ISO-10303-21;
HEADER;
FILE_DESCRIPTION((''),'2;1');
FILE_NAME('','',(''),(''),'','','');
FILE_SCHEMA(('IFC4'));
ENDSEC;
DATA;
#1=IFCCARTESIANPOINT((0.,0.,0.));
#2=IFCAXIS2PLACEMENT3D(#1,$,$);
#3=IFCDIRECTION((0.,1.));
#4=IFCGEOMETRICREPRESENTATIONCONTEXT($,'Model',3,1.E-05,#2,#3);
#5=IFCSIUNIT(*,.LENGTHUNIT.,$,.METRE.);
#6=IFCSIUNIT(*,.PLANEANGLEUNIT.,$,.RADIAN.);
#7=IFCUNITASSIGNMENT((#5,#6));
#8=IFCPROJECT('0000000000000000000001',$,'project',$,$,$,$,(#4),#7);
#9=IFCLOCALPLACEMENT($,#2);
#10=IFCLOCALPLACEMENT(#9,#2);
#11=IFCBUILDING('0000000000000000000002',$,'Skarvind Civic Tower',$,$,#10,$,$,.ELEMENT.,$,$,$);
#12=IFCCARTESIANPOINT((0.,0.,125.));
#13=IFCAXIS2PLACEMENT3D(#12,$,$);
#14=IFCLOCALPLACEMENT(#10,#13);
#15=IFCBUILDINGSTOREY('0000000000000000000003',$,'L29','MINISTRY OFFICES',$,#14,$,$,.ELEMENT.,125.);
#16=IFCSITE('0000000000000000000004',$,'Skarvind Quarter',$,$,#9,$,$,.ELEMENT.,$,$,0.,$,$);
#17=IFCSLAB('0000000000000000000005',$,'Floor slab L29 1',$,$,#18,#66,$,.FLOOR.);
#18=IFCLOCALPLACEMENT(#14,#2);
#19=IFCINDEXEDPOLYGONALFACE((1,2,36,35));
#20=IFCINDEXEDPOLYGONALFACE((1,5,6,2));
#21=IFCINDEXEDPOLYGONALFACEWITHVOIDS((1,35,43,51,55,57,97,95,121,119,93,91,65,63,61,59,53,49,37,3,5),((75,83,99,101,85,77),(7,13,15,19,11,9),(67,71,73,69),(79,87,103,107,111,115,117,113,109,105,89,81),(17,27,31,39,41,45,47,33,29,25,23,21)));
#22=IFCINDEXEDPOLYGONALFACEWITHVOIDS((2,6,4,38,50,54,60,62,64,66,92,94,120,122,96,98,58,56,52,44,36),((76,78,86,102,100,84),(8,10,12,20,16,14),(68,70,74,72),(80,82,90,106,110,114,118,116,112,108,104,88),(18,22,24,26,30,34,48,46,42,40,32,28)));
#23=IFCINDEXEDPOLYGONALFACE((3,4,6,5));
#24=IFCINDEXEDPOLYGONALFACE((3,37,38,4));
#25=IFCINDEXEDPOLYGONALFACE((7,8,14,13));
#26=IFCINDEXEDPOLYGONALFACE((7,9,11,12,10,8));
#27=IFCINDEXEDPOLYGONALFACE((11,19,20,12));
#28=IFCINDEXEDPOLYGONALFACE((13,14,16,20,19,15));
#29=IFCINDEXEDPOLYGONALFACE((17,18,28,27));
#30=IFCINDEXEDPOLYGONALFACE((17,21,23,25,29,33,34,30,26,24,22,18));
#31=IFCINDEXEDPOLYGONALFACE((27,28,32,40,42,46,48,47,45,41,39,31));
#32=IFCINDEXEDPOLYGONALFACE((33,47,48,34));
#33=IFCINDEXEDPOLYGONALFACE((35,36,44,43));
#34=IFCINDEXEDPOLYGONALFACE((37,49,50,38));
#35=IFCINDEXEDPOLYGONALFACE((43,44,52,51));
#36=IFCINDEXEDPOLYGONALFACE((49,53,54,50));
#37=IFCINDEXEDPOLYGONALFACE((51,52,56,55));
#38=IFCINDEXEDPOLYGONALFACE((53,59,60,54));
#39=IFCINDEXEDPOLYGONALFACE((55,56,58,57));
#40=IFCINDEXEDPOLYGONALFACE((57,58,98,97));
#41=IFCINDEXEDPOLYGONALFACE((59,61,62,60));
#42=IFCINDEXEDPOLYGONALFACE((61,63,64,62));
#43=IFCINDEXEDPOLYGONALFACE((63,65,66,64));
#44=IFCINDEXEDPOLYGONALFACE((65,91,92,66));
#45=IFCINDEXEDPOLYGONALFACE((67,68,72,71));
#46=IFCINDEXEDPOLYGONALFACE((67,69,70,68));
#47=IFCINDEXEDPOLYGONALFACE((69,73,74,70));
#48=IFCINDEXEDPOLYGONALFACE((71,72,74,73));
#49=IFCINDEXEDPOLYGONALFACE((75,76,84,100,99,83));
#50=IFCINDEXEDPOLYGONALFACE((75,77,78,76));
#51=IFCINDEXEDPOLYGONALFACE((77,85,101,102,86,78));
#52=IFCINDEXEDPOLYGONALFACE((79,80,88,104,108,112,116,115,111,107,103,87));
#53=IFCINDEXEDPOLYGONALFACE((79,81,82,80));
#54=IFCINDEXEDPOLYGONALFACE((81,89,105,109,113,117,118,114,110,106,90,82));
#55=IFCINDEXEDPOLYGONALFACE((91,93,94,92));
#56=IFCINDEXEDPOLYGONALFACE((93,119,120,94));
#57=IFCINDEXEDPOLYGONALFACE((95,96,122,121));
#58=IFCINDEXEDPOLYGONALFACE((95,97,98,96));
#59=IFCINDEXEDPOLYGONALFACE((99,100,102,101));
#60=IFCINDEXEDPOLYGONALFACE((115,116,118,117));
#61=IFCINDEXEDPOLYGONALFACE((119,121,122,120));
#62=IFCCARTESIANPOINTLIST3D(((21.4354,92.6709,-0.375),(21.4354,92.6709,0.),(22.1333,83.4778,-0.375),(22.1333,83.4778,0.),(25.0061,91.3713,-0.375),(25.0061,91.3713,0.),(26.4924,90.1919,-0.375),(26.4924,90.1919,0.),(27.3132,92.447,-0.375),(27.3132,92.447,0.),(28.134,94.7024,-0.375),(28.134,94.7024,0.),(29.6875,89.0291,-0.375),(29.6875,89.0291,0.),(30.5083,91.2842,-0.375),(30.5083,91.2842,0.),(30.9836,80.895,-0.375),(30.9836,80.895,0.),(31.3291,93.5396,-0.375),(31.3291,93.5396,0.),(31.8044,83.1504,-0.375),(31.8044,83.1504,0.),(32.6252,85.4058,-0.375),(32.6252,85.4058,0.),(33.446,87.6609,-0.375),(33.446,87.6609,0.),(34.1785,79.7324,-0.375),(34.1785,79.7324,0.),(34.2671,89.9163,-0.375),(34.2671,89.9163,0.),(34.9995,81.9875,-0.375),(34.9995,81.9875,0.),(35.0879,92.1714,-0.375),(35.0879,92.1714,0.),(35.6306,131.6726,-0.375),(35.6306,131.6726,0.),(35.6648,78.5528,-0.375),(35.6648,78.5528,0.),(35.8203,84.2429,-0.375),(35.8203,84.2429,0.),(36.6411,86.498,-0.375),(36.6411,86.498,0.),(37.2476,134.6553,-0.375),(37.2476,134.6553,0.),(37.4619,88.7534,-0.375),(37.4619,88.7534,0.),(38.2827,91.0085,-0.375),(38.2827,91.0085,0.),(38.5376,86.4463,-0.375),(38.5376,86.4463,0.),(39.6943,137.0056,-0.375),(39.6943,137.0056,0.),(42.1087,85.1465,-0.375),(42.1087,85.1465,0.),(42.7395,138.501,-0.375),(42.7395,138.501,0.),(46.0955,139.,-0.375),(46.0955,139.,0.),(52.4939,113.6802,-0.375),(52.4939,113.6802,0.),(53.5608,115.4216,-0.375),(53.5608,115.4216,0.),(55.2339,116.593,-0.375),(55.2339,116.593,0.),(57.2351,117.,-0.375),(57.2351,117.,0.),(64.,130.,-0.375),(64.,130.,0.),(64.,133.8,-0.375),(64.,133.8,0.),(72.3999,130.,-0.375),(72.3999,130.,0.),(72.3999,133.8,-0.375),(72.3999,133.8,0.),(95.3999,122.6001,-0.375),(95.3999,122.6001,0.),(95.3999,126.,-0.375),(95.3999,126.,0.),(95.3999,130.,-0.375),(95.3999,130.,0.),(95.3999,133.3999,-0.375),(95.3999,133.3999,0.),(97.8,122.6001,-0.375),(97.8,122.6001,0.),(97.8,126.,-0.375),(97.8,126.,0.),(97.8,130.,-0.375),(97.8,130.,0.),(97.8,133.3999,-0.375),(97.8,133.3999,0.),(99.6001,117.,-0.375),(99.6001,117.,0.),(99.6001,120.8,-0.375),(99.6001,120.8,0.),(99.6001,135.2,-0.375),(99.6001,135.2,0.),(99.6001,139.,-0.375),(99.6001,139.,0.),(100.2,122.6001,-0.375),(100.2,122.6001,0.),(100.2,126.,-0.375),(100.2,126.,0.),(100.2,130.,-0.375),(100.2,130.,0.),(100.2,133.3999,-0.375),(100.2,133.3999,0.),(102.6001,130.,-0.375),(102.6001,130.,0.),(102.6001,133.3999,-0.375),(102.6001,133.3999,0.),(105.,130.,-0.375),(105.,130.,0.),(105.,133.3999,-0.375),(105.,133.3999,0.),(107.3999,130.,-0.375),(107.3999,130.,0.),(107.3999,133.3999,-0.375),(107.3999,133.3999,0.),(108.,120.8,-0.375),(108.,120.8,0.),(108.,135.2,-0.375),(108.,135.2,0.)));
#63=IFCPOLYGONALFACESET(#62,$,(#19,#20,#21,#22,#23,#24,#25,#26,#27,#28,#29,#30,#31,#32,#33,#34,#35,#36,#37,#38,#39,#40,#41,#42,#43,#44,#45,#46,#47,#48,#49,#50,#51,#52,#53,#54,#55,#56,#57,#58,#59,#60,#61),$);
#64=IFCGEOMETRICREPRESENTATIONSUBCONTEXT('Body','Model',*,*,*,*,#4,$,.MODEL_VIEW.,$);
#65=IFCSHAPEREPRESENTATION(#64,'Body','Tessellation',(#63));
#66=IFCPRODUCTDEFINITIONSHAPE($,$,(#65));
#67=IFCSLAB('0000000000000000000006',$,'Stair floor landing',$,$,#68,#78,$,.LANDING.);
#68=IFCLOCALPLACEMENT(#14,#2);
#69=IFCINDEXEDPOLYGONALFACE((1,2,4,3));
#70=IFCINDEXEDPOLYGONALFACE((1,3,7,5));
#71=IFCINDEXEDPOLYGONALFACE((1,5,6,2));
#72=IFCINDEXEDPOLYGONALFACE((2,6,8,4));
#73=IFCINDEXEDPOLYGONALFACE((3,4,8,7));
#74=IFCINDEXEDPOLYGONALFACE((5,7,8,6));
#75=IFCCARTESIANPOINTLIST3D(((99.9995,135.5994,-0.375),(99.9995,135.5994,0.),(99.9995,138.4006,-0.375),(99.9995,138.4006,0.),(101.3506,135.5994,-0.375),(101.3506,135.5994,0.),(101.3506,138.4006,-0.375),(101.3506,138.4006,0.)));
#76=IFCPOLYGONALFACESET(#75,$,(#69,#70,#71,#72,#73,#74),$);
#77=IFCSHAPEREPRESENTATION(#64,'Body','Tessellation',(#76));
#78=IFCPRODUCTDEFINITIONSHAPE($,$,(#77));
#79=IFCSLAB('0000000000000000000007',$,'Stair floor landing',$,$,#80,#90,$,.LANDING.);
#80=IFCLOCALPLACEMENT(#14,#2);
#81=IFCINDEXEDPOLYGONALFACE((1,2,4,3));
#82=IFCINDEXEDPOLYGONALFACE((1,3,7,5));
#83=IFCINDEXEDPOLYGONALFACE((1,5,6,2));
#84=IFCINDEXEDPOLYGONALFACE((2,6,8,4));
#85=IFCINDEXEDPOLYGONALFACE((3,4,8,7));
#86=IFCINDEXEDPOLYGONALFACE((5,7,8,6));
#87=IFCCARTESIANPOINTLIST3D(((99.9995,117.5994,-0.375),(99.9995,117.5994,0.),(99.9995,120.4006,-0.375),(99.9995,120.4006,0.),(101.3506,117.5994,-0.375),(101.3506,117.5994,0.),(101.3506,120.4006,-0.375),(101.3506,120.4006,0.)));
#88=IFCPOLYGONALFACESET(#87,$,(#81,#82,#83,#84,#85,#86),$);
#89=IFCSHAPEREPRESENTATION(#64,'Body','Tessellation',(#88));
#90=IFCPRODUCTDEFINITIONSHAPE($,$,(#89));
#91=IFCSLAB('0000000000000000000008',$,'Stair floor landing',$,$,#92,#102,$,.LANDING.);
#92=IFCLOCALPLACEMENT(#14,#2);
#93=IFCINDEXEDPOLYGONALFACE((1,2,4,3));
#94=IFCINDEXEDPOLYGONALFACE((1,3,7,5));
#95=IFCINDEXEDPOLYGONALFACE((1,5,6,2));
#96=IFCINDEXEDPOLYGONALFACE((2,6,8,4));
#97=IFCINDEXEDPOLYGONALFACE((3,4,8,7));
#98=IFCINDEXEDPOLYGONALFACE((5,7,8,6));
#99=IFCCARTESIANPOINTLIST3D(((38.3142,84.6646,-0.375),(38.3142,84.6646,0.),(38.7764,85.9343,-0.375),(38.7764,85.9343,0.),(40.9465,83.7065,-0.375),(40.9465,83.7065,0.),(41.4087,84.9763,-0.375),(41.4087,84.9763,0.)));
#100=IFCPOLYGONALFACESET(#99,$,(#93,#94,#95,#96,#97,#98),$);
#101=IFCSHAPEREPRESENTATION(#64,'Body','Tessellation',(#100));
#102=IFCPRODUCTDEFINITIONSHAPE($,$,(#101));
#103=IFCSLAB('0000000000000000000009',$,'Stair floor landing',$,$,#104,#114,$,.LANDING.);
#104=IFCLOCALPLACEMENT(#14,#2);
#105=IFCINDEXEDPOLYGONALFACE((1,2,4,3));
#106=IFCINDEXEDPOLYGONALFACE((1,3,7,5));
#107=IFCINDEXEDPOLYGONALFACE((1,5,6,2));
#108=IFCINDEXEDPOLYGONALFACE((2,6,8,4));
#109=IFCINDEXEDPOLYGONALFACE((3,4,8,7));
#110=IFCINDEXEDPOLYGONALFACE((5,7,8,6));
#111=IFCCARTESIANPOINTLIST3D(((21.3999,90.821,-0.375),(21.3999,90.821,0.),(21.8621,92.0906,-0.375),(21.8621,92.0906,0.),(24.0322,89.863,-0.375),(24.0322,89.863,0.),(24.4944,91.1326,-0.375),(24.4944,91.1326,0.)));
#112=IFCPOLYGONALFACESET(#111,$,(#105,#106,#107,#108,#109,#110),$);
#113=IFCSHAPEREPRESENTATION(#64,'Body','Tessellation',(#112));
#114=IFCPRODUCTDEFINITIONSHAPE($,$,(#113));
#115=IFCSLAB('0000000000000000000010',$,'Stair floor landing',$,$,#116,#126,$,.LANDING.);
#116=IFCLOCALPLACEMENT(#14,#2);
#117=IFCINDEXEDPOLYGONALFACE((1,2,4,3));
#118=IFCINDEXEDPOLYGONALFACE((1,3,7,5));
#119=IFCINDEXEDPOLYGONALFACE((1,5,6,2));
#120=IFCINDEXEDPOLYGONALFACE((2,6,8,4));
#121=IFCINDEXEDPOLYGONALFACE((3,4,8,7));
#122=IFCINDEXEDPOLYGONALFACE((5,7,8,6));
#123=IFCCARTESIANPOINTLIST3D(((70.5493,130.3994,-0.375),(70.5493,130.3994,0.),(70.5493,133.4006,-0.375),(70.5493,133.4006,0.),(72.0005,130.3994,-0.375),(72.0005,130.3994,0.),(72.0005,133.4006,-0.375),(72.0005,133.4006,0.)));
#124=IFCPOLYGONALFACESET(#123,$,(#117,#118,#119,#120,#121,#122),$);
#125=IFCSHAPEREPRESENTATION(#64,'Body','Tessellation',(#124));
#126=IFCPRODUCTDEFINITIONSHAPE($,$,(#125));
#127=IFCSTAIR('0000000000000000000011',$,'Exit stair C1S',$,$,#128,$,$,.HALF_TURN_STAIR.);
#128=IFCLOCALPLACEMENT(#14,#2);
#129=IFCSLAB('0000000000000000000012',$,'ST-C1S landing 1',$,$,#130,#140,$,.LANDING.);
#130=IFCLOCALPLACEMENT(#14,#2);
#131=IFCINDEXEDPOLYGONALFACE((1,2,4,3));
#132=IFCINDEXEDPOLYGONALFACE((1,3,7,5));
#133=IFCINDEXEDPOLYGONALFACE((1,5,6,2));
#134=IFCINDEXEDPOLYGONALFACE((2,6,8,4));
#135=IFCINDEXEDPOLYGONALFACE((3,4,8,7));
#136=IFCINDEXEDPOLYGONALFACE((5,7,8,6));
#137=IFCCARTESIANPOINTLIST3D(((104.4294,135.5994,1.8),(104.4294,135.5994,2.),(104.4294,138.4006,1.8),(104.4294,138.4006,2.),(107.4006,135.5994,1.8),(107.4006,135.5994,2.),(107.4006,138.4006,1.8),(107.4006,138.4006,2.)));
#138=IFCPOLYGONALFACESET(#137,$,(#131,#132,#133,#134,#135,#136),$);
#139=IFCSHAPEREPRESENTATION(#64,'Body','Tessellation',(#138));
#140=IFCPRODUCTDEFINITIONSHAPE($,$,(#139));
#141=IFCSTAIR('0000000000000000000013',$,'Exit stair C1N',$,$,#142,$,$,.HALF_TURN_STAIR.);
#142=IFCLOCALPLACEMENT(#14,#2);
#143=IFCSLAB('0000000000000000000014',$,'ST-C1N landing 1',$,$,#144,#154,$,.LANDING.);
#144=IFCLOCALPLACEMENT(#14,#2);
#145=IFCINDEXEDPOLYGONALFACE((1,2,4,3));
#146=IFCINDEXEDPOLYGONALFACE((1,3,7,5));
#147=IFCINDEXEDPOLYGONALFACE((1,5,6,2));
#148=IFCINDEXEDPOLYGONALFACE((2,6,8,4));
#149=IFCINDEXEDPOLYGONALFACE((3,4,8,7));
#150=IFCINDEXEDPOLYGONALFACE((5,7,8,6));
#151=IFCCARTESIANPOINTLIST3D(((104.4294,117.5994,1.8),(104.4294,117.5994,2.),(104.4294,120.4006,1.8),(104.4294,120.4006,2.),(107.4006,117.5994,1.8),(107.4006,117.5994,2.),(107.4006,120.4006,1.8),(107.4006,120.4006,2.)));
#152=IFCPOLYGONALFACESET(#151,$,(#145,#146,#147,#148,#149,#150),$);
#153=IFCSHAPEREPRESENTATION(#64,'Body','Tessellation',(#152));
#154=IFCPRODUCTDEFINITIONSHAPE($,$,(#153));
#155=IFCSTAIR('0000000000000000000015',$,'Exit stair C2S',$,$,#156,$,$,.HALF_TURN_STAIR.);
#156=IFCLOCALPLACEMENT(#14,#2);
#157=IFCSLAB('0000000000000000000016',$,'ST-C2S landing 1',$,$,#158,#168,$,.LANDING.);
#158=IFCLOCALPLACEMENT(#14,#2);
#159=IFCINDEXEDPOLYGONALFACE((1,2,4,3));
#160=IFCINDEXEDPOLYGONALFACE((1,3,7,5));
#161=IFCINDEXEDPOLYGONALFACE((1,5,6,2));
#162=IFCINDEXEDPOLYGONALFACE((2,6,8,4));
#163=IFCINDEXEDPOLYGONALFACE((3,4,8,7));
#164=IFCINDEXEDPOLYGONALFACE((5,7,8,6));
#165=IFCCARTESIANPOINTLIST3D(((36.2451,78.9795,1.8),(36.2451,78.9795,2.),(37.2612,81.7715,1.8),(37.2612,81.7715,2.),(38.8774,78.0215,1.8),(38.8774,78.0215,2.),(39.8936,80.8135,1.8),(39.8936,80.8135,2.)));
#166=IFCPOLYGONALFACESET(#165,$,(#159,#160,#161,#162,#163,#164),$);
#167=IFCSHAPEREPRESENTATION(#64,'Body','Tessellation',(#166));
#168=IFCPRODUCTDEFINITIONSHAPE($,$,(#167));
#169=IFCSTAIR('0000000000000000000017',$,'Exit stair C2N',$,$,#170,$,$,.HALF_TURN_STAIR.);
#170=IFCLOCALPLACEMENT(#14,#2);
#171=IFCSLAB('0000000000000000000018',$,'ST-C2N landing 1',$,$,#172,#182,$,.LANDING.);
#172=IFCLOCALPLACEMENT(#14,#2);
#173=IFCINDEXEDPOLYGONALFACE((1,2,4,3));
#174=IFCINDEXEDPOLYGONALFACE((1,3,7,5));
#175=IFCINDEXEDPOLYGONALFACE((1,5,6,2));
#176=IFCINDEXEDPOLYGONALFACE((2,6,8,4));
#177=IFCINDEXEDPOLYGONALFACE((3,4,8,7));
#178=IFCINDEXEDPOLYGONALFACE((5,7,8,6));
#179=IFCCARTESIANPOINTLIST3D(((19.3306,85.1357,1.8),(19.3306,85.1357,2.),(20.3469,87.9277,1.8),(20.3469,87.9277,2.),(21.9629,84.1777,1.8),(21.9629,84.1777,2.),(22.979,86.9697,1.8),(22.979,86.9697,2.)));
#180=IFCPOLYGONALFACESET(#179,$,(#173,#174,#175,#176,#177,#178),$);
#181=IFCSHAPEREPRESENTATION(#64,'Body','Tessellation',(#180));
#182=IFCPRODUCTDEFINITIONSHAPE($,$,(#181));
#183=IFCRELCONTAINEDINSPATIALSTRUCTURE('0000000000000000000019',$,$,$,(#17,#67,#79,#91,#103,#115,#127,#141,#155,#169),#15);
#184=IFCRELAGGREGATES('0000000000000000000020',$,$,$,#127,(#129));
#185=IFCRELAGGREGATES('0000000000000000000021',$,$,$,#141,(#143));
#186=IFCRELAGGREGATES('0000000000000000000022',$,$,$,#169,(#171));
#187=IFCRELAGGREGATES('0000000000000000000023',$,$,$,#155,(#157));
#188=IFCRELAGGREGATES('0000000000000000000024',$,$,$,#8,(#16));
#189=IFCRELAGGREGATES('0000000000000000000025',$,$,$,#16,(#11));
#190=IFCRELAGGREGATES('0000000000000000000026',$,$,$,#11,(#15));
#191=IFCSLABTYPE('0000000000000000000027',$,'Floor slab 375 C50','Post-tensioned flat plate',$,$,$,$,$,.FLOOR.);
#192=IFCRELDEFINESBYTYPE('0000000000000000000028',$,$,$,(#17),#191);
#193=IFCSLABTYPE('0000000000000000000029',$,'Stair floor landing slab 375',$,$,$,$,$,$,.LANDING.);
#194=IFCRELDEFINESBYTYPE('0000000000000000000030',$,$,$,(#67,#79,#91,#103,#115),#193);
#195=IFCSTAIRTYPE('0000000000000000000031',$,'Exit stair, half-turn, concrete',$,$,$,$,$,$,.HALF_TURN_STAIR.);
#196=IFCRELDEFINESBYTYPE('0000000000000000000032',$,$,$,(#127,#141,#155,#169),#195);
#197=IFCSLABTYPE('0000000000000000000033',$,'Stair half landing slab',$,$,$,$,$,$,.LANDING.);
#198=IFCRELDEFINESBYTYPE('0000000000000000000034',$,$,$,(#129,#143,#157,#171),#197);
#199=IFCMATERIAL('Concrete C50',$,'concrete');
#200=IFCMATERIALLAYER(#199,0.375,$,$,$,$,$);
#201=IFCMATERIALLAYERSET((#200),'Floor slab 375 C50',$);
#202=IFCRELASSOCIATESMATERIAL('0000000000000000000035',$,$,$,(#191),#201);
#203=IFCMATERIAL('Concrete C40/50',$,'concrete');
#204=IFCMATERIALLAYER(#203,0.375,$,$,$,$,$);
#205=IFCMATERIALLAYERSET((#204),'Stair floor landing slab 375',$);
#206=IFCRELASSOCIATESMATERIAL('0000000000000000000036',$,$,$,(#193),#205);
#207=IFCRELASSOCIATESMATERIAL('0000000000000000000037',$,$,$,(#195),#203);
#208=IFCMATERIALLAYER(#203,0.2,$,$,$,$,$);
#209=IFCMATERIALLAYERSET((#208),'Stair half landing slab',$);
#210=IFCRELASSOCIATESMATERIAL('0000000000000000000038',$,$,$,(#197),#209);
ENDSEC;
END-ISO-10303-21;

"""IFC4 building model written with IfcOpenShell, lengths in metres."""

from ifc_helpers import new_model, si_unit, direction, frame, origin, place, context, subcontext, project, spatial, polyline, outline, extrude, material, layer, layer_set, type_object, element, aggregate, save


model = new_model("IFC4")

# Units and contexts
model_context = context("Model", 3, precision=1e-05, world=origin(), true_north=direction((0.0, 1.0)))
body_context = subcontext(model_context, "Body", "Model", "MODEL_VIEW")
ifc_project = project(units=[si_unit("LENGTHUNIT", "METRE"), si_unit("PLANEANGLEUNIT", "RADIAN")], contexts=[model_context])

# Site, building, storey
site_placement = place(None, origin())
site = spatial("IfcSite", under=ifc_project, at=site_placement, Name="Skarvind Quarter", CompositionType="ELEMENT", RefElevation=0.0)
building_placement = place(site_placement, origin())
building = spatial("IfcBuilding", under=site, at=building_placement, Name="Skarvind Civic Tower", CompositionType="ELEMENT")
storey_placement = place(building_placement, frame((0.0, 0.0, 125.0)))
storey = spatial("IfcBuildingStorey", under=building, at=storey_placement, Name="L29", Description="MINISTRY OFFICES", CompositionType="ELEMENT", Elevation=125.0)

# Slabs
ifc_material_1 = material(Name="Concrete C50", Category="concrete")
ifc_layer_1 = layer(ifc_material_1, 0.375)
ifc_layer_set_1 = layer_set([ifc_layer_1], Name="Floor slab 375 C50")
slab_type_1 = type_object("IfcSlabType", Name="Floor slab 375 C50", Description="Post-tensioned flat plate", PredefinedType="FLOOR", material=ifc_layer_set_1)
slab_1_placement = place(storey_placement, frame((0.0, 0.0, -0.375)))
element("IfcSlab", 1, at=slab_1_placement, inside=storey, type_object=slab_type_1, Name="Floor slab L29 1", PredefinedType="FLOOR", context=body_context, shape_type="SweptSolid", body=[
    extrude(outline(polyline([(99.6001, 117.0), (99.6001, 120.8), (108.0, 120.8), (108.0, 135.2), (99.6001, 135.2), (99.6001, 139.0), (46.0955, 139.0), (42.7395, 138.501), (39.6943, 137.0056), (37.2476, 134.6553), (35.6306, 131.6726), (19.4175, 87.1267), (21.4353, 92.6709), (25.0061, 91.3713), (22.1333, 83.4778), (36.8865, 78.1082), (35.6648, 78.5527), (38.5376, 86.4463), (42.1086, 85.1465), (40.0908, 79.6023), (40.0908, 79.6023), (52.4939, 113.6802), (53.5608, 115.4216), (55.2339, 116.593), (57.2351, 117.0), (99.6001, 117.0)]), holes=[polyline([(32.6252, 85.4058), (33.446, 87.6609), (34.2671, 89.9163), (35.0879, 92.1714), (38.2827, 91.0085), (37.4619, 88.7534), (36.6411, 86.498), (35.8203, 84.2429), (35.8203, 84.2429), (34.9995, 81.9875), (34.1785, 79.7324), (30.9836, 80.895), (31.8044, 83.1504), (32.6252, 85.4058), (32.6252, 85.4058)]), polyline([(31.3291, 93.5396), (30.5083, 91.2842), (29.6875, 89.0291), (26.4924, 90.1919), (27.3132, 92.447), (28.134, 94.7024), (31.3291, 93.5396)]), polyline([(64.0, 130.0), (64.0, 133.8), (72.3999, 133.8), (72.3999, 130.0), (64.0, 130.0)]), polyline([(100.2, 126.0), (100.2, 122.6001), (97.8, 122.6001), (95.3999, 122.6001), (95.3999, 126.0), (97.8, 126.0), (100.2, 126.0)]), polyline([(100.2, 133.3999), (102.6001, 133.3999), (105.0, 133.3999), (107.3999, 133.3999), (107.3999, 130.0), (105.0, 130.0), (102.6001, 130.0), (100.2, 130.0), (97.8, 130.0), (95.3999, 130.0), (95.3999, 133.3999), (97.8, 133.3999), (100.2, 133.3999)])]), origin(), (0.0, 0.0, 1.0), 0.375),
])
ifc_material_2 = material(Name="Concrete C40/50", Category="concrete")
ifc_layer_2 = layer(ifc_material_2, 0.375)
ifc_layer_set_2 = layer_set([ifc_layer_2], Name="Stair floor landing slab 375")
slab_type_2 = type_object("IfcSlabType", Name="Stair floor landing slab 375", PredefinedType="LANDING", material=ifc_layer_set_2)
slab_2_placement = place(storey_placement, frame((0.0, 0.0, -0.375)))
element("IfcSlab", 2, at=slab_2_placement, inside=storey, type_object=slab_type_2, Name="Stair floor landing", PredefinedType="LANDING", context=body_context, shape_type="SweptSolid", body=[
    extrude(outline(polyline([(101.3506, 138.4006), (101.3506, 135.5994), (99.9995, 135.5994), (99.9995, 138.4006), (101.3506, 138.4006)])), origin(), (0.0, 0.0, 1.0), 0.375),
])
slab_3_placement = place(storey_placement, frame((0.0, 0.0, -0.375)))
element("IfcSlab", 3, at=slab_3_placement, inside=storey, type_object=slab_type_2, Name="Stair floor landing", PredefinedType="LANDING", context=body_context, shape_type="SweptSolid", body=[
    extrude(outline(polyline([(101.3506, 120.4006), (101.3506, 117.5994), (99.9995, 117.5994), (99.9995, 120.4006), (101.3506, 120.4006)])), origin(), (0.0, 0.0, 1.0), 0.375),
])
slab_4_placement = place(storey_placement, frame((0.0, 0.0, -0.375)))
element("IfcSlab", 4, at=slab_4_placement, inside=storey, type_object=slab_type_2, Name="Stair floor landing", PredefinedType="LANDING", context=body_context, shape_type="SweptSolid", body=[
    extrude(outline(polyline([(40.9465, 83.7065), (38.3142, 84.6646), (38.7764, 85.9343), (41.4087, 84.9763), (40.9465, 83.7065)])), origin(), (0.0, 0.0, 1.0), 0.375),
])
slab_5_placement = place(storey_placement, frame((0.0, 0.0, -0.375)))
element("IfcSlab", 5, at=slab_5_placement, inside=storey, type_object=slab_type_2, Name="Stair floor landing", PredefinedType="LANDING", context=body_context, shape_type="SweptSolid", body=[
    extrude(outline(polyline([(24.0322, 89.863), (21.3999, 90.821), (21.8621, 92.0906), (24.4944, 91.1326), (24.0322, 89.863)])), origin(), (0.0, 0.0, 1.0), 0.375),
])
slab_6_placement = place(storey_placement, frame((0.0, 0.0, -0.375)))
element("IfcSlab", 6, at=slab_6_placement, inside=storey, type_object=slab_type_2, Name="Stair floor landing", PredefinedType="LANDING", context=body_context, shape_type="SweptSolid", body=[
    extrude(outline(polyline([(70.5493, 130.3994), (70.5493, 133.4006), (72.0005, 133.4006), (72.0005, 130.3994), (70.5493, 130.3994)])), origin(), (0.0, 0.0, 1.0), 0.375),
])

# Stairs, slabs
stair_type_1 = type_object("IfcStairType", Name="Exit stair, half-turn, concrete", PredefinedType="HALF_TURN_STAIR", material=ifc_material_2)
stair_1_placement = place(storey_placement, origin())
stair_1 = element("IfcStair", 7, at=stair_1_placement, inside=storey, type_object=stair_type_1, Name="Exit stair C1S", PredefinedType="HALF_TURN_STAIR")
ifc_layer_3 = layer(ifc_material_2, 0.2)
ifc_layer_set_3 = layer_set([ifc_layer_3], Name="Stair half landing slab")
slab_type_3 = type_object("IfcSlabType", Name="Stair half landing slab", PredefinedType="LANDING", material=ifc_layer_set_3)
slab_7_placement = place(storey_placement, frame((0.0, 0.0, 1.8)))
slab_7 = element("IfcSlab", 8, at=slab_7_placement, type_object=slab_type_3, Name="ST-C1S landing 1", PredefinedType="LANDING", context=body_context, shape_type="SweptSolid", body=[
    extrude(outline(polyline([(104.4294, 135.5994), (104.4294, 138.4006), (107.4006, 138.4006), (107.4006, 135.5994), (104.4294, 135.5994)])), origin(), (0.0, 0.0, 1.0), 0.2),
])
aggregate(stair_1, [slab_7])
stair_2_placement = place(storey_placement, origin())
stair_2 = element("IfcStair", 9, at=stair_2_placement, inside=storey, type_object=stair_type_1, Name="Exit stair C1N", PredefinedType="HALF_TURN_STAIR")
slab_8_placement = place(storey_placement, frame((0.0, 0.0, 1.8)))
slab_8 = element("IfcSlab", 10, at=slab_8_placement, type_object=slab_type_3, Name="ST-C1N landing 1", PredefinedType="LANDING", context=body_context, shape_type="SweptSolid", body=[
    extrude(outline(polyline([(104.4294, 117.5994), (104.4294, 120.4006), (107.4006, 120.4006), (107.4006, 117.5994), (104.4294, 117.5994)])), origin(), (0.0, 0.0, 1.0), 0.2),
])
aggregate(stair_2, [slab_8])
stair_3_placement = place(storey_placement, origin())
stair_3 = element("IfcStair", 11, at=stair_3_placement, inside=storey, type_object=stair_type_1, Name="Exit stair C2S", PredefinedType="HALF_TURN_STAIR")
slab_9_placement = place(storey_placement, frame((0.0, 0.0, 1.8)))
slab_9 = element("IfcSlab", 12, at=slab_9_placement, type_object=slab_type_3, Name="ST-C2S landing 1", PredefinedType="LANDING", context=body_context, shape_type="SweptSolid", body=[
    extrude(outline(polyline([(37.2612, 81.7715), (39.8936, 80.8135), (38.8774, 78.0215), (36.2451, 78.9795), (37.2612, 81.7715)])), origin(), (0.0, 0.0, 1.0), 0.2),
])
stair_4_placement = place(storey_placement, origin())
stair_4 = element("IfcStair", 13, at=stair_4_placement, inside=storey, type_object=stair_type_1, Name="Exit stair C2N", PredefinedType="HALF_TURN_STAIR")
slab_10_placement = place(storey_placement, frame((0.0, 0.0, 1.8)))
slab_10 = element("IfcSlab", 14, at=slab_10_placement, type_object=slab_type_3, Name="ST-C2N landing 1", PredefinedType="LANDING", context=body_context, shape_type="SweptSolid", body=[
    extrude(outline(polyline([(20.3469, 87.9277), (22.979, 86.9697), (21.9629, 84.1777), (19.3306, 85.1357), (20.3469, 87.9277)])), origin(), (0.0, 0.0, 1.0), 0.2),
])
aggregate(stair_4, [slab_10])

aggregate(stair_3, [slab_9])

save(model, "model.ifc")
